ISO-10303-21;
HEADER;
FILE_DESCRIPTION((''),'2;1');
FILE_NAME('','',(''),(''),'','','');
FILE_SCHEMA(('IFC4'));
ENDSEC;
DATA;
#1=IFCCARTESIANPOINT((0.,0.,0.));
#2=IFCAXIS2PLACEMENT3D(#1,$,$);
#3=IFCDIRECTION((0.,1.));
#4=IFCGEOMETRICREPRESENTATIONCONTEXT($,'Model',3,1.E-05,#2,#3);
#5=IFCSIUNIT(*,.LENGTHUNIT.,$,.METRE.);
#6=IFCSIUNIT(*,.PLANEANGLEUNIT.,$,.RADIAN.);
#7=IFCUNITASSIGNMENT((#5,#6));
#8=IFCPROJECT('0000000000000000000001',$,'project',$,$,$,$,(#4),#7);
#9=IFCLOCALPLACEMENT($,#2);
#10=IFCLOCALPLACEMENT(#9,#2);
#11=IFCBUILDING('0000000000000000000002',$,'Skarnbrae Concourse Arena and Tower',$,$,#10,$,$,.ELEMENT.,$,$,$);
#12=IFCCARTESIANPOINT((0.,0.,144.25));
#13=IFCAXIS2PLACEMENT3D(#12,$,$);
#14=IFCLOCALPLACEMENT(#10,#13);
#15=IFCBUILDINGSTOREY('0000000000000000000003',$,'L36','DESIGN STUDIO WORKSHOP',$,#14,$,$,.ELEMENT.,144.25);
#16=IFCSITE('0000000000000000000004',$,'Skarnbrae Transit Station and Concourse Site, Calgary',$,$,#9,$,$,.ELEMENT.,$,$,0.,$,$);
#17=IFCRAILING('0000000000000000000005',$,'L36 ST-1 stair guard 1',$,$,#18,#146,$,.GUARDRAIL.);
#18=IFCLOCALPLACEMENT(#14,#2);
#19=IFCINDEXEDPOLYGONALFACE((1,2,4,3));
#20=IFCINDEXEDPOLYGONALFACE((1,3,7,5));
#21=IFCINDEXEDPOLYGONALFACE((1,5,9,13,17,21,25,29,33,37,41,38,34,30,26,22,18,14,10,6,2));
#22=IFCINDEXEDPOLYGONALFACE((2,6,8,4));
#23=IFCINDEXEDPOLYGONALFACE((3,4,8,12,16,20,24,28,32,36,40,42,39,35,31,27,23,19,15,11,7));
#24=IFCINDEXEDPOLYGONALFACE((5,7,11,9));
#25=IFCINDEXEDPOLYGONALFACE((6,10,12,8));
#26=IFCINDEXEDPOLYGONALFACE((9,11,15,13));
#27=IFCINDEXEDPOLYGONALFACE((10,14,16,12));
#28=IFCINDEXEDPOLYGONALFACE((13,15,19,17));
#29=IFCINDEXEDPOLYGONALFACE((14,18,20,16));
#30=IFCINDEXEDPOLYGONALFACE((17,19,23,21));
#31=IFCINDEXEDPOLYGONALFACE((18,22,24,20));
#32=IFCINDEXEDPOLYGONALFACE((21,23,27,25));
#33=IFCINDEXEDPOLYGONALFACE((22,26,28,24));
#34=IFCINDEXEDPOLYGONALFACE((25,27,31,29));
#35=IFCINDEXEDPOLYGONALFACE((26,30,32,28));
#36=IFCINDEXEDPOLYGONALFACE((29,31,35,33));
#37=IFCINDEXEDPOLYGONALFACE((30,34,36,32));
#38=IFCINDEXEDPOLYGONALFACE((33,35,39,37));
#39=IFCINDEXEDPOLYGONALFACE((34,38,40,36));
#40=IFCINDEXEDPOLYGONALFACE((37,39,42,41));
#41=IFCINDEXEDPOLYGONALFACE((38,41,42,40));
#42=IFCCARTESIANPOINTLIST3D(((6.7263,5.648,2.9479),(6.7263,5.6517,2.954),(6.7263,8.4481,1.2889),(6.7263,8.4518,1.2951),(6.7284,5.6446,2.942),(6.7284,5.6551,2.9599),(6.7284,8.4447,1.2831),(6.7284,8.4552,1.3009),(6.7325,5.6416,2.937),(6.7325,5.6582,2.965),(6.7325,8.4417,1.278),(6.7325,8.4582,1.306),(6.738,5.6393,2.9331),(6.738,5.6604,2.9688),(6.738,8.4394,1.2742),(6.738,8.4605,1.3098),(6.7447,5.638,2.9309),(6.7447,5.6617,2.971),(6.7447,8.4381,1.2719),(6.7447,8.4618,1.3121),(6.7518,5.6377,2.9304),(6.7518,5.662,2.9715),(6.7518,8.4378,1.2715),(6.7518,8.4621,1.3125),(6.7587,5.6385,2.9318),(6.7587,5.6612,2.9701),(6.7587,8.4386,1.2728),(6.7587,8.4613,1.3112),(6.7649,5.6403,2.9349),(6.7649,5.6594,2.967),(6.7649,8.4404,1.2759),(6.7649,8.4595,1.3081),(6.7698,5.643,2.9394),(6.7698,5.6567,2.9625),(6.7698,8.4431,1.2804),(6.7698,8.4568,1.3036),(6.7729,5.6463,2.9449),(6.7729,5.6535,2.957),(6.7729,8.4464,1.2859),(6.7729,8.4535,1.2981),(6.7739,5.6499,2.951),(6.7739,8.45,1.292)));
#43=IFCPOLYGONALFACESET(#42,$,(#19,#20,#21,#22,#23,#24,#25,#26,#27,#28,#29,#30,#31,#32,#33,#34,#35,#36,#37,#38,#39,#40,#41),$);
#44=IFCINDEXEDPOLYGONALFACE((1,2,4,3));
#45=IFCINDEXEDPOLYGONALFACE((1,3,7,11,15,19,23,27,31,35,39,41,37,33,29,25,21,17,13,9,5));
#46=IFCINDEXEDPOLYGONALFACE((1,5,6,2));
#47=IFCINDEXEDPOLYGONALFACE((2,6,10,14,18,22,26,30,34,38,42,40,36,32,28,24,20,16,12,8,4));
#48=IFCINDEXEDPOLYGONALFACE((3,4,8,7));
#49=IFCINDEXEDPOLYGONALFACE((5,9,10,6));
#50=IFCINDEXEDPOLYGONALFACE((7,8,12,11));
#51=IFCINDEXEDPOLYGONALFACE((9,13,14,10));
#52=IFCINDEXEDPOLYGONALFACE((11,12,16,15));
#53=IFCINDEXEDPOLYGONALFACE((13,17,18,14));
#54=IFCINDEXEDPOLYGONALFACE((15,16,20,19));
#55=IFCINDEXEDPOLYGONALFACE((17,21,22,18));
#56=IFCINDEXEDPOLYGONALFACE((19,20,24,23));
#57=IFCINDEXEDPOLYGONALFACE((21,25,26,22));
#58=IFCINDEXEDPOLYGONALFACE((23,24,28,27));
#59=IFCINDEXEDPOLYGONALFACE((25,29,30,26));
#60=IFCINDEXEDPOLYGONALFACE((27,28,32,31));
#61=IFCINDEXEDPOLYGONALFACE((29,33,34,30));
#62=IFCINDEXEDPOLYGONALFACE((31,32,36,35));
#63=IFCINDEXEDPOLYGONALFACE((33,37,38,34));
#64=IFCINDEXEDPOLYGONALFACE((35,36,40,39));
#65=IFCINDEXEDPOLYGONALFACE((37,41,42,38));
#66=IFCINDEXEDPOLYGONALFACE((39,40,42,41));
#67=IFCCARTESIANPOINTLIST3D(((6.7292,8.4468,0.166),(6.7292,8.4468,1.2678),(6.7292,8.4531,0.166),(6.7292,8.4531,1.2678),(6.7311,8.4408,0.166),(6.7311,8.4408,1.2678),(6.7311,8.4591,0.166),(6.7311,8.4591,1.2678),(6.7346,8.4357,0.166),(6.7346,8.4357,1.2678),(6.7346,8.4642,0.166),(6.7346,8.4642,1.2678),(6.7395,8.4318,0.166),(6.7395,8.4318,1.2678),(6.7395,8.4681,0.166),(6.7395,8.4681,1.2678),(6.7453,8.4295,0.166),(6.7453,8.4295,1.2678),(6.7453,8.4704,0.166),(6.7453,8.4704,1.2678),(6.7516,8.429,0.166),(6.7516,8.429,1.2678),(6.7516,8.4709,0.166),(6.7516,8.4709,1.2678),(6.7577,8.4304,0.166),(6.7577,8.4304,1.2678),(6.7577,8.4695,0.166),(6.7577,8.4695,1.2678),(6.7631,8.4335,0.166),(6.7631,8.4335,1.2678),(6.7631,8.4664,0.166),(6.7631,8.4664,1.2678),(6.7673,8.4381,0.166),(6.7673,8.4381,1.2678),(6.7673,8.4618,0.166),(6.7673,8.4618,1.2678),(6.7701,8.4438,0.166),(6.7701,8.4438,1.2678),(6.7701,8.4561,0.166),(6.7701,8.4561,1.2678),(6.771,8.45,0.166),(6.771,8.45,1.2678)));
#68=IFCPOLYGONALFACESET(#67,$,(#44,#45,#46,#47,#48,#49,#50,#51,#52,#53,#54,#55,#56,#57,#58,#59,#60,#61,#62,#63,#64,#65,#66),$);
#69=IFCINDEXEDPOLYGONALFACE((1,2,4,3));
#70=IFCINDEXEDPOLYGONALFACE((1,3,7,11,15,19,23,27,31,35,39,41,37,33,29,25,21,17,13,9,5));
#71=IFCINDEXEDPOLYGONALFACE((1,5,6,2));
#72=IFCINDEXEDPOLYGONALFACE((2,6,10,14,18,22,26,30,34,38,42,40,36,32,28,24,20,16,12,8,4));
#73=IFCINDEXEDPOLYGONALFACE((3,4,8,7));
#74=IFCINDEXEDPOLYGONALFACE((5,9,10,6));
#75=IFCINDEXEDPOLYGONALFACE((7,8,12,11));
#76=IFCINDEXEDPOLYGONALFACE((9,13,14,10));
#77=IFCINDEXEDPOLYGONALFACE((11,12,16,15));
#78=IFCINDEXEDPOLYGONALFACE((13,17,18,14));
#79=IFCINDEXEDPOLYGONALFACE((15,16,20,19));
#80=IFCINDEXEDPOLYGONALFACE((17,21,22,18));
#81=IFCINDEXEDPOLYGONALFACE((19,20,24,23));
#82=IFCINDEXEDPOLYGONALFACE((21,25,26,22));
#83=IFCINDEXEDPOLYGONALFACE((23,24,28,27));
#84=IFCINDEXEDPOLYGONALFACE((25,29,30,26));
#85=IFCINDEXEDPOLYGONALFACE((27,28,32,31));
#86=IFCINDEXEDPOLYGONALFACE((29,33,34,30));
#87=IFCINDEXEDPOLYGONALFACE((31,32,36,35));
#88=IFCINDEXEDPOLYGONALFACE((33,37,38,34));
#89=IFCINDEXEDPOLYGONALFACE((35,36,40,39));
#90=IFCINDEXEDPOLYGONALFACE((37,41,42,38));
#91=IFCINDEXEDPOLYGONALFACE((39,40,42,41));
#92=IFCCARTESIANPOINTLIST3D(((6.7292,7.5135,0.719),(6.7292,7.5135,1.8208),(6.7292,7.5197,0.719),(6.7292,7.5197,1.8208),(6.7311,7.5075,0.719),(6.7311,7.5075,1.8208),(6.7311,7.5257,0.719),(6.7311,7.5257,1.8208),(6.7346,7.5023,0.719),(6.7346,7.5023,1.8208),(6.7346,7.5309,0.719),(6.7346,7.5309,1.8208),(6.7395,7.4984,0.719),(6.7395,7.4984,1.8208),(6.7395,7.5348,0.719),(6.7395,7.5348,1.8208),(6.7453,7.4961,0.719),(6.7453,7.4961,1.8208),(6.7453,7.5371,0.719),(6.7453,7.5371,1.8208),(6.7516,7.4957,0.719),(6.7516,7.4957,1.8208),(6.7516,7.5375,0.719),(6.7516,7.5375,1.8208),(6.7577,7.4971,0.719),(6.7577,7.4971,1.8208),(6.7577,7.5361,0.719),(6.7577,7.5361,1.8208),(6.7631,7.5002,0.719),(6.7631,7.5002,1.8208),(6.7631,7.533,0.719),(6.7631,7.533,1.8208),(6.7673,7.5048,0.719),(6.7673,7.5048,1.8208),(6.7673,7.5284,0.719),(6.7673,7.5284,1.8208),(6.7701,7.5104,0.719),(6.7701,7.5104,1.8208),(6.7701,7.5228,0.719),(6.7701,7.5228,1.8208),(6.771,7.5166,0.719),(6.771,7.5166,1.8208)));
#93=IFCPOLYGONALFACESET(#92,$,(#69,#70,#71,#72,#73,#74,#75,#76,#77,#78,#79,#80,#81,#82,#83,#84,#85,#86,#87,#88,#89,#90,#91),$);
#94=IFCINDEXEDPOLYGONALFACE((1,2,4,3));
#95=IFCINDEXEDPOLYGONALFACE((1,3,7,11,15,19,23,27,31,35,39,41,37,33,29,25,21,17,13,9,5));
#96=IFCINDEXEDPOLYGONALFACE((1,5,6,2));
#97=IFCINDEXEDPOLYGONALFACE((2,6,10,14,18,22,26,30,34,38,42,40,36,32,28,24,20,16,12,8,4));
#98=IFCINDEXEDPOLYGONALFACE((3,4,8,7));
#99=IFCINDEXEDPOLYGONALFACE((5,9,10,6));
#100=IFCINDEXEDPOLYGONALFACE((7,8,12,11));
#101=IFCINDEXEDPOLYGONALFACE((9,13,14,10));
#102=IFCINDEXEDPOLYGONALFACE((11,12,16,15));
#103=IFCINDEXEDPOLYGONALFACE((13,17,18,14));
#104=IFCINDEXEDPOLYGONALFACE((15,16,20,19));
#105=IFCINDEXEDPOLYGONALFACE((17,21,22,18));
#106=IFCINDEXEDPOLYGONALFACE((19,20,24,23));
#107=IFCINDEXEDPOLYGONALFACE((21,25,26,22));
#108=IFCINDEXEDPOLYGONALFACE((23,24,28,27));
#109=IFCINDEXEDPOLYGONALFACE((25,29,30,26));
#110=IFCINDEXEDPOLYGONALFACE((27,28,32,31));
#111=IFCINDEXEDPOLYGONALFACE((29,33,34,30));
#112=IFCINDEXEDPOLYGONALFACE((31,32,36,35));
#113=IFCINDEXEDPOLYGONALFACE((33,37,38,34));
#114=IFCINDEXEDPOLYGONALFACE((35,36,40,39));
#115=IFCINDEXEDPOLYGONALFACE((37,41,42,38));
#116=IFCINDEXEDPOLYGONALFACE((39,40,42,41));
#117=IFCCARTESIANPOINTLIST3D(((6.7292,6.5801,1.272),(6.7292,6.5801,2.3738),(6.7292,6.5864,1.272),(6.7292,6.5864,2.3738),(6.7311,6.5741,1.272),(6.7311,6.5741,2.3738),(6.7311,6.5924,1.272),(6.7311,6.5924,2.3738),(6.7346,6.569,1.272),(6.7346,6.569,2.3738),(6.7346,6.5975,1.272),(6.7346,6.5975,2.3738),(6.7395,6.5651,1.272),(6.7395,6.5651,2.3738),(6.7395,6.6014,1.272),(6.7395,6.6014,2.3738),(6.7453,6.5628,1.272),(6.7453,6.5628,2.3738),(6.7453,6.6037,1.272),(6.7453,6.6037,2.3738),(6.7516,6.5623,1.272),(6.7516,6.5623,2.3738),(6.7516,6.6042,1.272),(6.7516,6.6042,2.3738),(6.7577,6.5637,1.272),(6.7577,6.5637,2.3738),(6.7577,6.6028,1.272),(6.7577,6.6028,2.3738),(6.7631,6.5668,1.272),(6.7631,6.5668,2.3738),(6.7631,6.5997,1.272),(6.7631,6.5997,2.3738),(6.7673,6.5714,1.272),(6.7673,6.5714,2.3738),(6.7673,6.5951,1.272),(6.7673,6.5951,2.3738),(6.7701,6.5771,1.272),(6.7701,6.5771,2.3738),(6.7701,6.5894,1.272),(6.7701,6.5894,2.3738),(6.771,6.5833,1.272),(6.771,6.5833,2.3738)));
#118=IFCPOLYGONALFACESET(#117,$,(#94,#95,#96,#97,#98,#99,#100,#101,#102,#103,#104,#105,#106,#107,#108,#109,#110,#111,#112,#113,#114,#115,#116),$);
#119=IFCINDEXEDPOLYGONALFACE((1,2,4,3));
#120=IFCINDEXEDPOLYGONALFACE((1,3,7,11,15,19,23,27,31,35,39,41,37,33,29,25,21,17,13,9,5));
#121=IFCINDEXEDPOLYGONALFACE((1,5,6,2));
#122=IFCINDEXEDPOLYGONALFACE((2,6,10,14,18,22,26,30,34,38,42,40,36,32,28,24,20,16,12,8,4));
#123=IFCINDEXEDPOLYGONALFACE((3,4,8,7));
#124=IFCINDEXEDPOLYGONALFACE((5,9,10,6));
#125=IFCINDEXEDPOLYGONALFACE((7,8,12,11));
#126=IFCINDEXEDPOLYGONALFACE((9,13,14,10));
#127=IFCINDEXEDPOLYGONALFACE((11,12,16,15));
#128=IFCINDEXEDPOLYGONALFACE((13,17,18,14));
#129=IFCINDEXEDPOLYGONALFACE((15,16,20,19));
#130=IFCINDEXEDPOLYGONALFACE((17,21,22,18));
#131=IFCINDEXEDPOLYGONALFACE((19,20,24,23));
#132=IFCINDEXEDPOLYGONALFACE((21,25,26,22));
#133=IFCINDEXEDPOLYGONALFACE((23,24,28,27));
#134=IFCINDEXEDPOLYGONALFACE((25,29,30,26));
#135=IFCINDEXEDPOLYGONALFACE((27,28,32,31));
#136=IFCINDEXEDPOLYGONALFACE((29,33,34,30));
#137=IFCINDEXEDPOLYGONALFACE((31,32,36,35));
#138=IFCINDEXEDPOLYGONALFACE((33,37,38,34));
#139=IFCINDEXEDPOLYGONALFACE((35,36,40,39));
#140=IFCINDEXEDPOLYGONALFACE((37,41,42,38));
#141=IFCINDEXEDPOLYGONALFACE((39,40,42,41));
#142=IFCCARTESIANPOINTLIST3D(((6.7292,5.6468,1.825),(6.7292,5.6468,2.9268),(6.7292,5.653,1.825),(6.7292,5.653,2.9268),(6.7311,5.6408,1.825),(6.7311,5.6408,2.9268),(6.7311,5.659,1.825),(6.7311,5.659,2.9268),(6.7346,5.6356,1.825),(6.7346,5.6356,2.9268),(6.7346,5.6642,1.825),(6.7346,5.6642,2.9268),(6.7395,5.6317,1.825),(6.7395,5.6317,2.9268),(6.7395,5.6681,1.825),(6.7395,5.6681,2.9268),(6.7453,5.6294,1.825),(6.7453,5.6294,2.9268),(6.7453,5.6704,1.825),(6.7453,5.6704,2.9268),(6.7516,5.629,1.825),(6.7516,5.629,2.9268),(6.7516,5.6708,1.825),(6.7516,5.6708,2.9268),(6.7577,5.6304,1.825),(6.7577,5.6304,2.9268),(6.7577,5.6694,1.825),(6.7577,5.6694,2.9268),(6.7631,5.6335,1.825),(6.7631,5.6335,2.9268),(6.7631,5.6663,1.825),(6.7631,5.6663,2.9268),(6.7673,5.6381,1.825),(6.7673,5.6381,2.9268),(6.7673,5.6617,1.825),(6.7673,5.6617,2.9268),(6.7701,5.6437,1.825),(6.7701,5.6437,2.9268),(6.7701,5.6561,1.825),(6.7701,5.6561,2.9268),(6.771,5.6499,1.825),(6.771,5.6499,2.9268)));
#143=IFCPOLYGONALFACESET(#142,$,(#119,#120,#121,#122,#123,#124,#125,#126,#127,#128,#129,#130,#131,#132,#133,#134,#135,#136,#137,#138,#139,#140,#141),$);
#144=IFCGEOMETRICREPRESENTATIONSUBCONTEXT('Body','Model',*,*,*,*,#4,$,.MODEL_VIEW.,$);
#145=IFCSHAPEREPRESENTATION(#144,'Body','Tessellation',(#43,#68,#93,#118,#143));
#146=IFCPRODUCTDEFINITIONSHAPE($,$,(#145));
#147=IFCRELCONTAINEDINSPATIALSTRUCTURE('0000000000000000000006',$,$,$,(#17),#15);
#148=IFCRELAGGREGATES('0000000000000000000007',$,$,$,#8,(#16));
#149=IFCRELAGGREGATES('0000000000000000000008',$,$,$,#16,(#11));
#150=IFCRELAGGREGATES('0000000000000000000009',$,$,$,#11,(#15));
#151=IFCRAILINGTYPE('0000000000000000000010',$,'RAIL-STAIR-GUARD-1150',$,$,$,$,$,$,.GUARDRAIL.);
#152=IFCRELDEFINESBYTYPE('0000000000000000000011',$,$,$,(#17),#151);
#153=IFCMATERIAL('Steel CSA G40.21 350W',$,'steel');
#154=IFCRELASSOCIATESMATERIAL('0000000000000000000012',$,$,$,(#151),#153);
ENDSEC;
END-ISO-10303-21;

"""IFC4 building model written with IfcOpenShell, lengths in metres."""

from ifc_helpers import new_model, si_unit, direction, frame, origin, origin_2d, place, context, subcontext, project, spatial, circle, extrude, material, type_object, element, save


model = new_model("IFC4")

# Units and contexts
model_context = context("Model", 3, precision=1e-05, world=origin(), true_north=direction((0.0, 1.0)))
body_context = subcontext(model_context, "Body", "Model", "MODEL_VIEW")
ifc_project = project(units=[si_unit("LENGTHUNIT", "METRE"), si_unit("PLANEANGLEUNIT", "RADIAN")], contexts=[model_context])

# Site, building, storey
site_placement = place(None, origin())
site = spatial("IfcSite", under=ifc_project, at=site_placement, Name="Skarnbrae Transit Station and Concourse Site, Calgary", CompositionType="ELEMENT", RefElevation=0.0)
building_placement = place(site_placement, origin())
building = spatial("IfcBuilding", under=site, at=building_placement, Name="Skarnbrae Concourse Arena and Tower", CompositionType="ELEMENT")
storey_placement = place(building_placement, frame((0.0, 0.0, 144.25)))
storey = spatial("IfcBuildingStorey", under=building, at=storey_placement, Name="L36", Description="DESIGN STUDIO WORKSHOP", CompositionType="ELEMENT", Elevation=144.25)

# Shared definitions
ifc_material_1 = material(Name="Steel CSA G40.21 350W", Category="steel")

# Railing
railing_type_1 = type_object("IfcRailingType", Name="RAIL-STAIR-GUARD-1150", PredefinedType="GUARDRAIL", material=ifc_material_1)
railing_1_placement = place(storey_placement, frame((6.75, 8.45, 0.166)))
element("IfcRailing", 1, at=railing_1_placement, inside=storey, type_object=railing_type_1, Name="L36 ST-1 stair guard 1", PredefinedType="GUARDRAIL", context=body_context, shape_type="SweptSolid", body=[
    extrude(circle(Radius=0.0239, at=origin_2d()), frame((0.0, 0.0, 1.126), z_axis=(0.0, -0.860339, 0.509722), x_axis=(1.0, 0.0, 0.0)), (0.0, 0.0, 1.0), 3.2546),
    extrude(circle(Radius=0.021, at=origin_2d()), origin(), (0.0, 0.0, 1.0), 1.1018),
    extrude(circle(Radius=0.021, at=origin_2d()), frame((0.0, -0.9333, 0.553)), (0.0, 0.0, 1.0), 1.1018),
    extrude(circle(Radius=0.021, at=origin_2d()), frame((0.0, -1.8667, 1.106)), (0.0, 0.0, 1.0), 1.1018),
    extrude(circle(Radius=0.021, at=origin_2d()), frame((0.0, -2.8, 1.6589)), (0.0, 0.0, 1.0), 1.1018),
])

save(model, "model.ifc")
